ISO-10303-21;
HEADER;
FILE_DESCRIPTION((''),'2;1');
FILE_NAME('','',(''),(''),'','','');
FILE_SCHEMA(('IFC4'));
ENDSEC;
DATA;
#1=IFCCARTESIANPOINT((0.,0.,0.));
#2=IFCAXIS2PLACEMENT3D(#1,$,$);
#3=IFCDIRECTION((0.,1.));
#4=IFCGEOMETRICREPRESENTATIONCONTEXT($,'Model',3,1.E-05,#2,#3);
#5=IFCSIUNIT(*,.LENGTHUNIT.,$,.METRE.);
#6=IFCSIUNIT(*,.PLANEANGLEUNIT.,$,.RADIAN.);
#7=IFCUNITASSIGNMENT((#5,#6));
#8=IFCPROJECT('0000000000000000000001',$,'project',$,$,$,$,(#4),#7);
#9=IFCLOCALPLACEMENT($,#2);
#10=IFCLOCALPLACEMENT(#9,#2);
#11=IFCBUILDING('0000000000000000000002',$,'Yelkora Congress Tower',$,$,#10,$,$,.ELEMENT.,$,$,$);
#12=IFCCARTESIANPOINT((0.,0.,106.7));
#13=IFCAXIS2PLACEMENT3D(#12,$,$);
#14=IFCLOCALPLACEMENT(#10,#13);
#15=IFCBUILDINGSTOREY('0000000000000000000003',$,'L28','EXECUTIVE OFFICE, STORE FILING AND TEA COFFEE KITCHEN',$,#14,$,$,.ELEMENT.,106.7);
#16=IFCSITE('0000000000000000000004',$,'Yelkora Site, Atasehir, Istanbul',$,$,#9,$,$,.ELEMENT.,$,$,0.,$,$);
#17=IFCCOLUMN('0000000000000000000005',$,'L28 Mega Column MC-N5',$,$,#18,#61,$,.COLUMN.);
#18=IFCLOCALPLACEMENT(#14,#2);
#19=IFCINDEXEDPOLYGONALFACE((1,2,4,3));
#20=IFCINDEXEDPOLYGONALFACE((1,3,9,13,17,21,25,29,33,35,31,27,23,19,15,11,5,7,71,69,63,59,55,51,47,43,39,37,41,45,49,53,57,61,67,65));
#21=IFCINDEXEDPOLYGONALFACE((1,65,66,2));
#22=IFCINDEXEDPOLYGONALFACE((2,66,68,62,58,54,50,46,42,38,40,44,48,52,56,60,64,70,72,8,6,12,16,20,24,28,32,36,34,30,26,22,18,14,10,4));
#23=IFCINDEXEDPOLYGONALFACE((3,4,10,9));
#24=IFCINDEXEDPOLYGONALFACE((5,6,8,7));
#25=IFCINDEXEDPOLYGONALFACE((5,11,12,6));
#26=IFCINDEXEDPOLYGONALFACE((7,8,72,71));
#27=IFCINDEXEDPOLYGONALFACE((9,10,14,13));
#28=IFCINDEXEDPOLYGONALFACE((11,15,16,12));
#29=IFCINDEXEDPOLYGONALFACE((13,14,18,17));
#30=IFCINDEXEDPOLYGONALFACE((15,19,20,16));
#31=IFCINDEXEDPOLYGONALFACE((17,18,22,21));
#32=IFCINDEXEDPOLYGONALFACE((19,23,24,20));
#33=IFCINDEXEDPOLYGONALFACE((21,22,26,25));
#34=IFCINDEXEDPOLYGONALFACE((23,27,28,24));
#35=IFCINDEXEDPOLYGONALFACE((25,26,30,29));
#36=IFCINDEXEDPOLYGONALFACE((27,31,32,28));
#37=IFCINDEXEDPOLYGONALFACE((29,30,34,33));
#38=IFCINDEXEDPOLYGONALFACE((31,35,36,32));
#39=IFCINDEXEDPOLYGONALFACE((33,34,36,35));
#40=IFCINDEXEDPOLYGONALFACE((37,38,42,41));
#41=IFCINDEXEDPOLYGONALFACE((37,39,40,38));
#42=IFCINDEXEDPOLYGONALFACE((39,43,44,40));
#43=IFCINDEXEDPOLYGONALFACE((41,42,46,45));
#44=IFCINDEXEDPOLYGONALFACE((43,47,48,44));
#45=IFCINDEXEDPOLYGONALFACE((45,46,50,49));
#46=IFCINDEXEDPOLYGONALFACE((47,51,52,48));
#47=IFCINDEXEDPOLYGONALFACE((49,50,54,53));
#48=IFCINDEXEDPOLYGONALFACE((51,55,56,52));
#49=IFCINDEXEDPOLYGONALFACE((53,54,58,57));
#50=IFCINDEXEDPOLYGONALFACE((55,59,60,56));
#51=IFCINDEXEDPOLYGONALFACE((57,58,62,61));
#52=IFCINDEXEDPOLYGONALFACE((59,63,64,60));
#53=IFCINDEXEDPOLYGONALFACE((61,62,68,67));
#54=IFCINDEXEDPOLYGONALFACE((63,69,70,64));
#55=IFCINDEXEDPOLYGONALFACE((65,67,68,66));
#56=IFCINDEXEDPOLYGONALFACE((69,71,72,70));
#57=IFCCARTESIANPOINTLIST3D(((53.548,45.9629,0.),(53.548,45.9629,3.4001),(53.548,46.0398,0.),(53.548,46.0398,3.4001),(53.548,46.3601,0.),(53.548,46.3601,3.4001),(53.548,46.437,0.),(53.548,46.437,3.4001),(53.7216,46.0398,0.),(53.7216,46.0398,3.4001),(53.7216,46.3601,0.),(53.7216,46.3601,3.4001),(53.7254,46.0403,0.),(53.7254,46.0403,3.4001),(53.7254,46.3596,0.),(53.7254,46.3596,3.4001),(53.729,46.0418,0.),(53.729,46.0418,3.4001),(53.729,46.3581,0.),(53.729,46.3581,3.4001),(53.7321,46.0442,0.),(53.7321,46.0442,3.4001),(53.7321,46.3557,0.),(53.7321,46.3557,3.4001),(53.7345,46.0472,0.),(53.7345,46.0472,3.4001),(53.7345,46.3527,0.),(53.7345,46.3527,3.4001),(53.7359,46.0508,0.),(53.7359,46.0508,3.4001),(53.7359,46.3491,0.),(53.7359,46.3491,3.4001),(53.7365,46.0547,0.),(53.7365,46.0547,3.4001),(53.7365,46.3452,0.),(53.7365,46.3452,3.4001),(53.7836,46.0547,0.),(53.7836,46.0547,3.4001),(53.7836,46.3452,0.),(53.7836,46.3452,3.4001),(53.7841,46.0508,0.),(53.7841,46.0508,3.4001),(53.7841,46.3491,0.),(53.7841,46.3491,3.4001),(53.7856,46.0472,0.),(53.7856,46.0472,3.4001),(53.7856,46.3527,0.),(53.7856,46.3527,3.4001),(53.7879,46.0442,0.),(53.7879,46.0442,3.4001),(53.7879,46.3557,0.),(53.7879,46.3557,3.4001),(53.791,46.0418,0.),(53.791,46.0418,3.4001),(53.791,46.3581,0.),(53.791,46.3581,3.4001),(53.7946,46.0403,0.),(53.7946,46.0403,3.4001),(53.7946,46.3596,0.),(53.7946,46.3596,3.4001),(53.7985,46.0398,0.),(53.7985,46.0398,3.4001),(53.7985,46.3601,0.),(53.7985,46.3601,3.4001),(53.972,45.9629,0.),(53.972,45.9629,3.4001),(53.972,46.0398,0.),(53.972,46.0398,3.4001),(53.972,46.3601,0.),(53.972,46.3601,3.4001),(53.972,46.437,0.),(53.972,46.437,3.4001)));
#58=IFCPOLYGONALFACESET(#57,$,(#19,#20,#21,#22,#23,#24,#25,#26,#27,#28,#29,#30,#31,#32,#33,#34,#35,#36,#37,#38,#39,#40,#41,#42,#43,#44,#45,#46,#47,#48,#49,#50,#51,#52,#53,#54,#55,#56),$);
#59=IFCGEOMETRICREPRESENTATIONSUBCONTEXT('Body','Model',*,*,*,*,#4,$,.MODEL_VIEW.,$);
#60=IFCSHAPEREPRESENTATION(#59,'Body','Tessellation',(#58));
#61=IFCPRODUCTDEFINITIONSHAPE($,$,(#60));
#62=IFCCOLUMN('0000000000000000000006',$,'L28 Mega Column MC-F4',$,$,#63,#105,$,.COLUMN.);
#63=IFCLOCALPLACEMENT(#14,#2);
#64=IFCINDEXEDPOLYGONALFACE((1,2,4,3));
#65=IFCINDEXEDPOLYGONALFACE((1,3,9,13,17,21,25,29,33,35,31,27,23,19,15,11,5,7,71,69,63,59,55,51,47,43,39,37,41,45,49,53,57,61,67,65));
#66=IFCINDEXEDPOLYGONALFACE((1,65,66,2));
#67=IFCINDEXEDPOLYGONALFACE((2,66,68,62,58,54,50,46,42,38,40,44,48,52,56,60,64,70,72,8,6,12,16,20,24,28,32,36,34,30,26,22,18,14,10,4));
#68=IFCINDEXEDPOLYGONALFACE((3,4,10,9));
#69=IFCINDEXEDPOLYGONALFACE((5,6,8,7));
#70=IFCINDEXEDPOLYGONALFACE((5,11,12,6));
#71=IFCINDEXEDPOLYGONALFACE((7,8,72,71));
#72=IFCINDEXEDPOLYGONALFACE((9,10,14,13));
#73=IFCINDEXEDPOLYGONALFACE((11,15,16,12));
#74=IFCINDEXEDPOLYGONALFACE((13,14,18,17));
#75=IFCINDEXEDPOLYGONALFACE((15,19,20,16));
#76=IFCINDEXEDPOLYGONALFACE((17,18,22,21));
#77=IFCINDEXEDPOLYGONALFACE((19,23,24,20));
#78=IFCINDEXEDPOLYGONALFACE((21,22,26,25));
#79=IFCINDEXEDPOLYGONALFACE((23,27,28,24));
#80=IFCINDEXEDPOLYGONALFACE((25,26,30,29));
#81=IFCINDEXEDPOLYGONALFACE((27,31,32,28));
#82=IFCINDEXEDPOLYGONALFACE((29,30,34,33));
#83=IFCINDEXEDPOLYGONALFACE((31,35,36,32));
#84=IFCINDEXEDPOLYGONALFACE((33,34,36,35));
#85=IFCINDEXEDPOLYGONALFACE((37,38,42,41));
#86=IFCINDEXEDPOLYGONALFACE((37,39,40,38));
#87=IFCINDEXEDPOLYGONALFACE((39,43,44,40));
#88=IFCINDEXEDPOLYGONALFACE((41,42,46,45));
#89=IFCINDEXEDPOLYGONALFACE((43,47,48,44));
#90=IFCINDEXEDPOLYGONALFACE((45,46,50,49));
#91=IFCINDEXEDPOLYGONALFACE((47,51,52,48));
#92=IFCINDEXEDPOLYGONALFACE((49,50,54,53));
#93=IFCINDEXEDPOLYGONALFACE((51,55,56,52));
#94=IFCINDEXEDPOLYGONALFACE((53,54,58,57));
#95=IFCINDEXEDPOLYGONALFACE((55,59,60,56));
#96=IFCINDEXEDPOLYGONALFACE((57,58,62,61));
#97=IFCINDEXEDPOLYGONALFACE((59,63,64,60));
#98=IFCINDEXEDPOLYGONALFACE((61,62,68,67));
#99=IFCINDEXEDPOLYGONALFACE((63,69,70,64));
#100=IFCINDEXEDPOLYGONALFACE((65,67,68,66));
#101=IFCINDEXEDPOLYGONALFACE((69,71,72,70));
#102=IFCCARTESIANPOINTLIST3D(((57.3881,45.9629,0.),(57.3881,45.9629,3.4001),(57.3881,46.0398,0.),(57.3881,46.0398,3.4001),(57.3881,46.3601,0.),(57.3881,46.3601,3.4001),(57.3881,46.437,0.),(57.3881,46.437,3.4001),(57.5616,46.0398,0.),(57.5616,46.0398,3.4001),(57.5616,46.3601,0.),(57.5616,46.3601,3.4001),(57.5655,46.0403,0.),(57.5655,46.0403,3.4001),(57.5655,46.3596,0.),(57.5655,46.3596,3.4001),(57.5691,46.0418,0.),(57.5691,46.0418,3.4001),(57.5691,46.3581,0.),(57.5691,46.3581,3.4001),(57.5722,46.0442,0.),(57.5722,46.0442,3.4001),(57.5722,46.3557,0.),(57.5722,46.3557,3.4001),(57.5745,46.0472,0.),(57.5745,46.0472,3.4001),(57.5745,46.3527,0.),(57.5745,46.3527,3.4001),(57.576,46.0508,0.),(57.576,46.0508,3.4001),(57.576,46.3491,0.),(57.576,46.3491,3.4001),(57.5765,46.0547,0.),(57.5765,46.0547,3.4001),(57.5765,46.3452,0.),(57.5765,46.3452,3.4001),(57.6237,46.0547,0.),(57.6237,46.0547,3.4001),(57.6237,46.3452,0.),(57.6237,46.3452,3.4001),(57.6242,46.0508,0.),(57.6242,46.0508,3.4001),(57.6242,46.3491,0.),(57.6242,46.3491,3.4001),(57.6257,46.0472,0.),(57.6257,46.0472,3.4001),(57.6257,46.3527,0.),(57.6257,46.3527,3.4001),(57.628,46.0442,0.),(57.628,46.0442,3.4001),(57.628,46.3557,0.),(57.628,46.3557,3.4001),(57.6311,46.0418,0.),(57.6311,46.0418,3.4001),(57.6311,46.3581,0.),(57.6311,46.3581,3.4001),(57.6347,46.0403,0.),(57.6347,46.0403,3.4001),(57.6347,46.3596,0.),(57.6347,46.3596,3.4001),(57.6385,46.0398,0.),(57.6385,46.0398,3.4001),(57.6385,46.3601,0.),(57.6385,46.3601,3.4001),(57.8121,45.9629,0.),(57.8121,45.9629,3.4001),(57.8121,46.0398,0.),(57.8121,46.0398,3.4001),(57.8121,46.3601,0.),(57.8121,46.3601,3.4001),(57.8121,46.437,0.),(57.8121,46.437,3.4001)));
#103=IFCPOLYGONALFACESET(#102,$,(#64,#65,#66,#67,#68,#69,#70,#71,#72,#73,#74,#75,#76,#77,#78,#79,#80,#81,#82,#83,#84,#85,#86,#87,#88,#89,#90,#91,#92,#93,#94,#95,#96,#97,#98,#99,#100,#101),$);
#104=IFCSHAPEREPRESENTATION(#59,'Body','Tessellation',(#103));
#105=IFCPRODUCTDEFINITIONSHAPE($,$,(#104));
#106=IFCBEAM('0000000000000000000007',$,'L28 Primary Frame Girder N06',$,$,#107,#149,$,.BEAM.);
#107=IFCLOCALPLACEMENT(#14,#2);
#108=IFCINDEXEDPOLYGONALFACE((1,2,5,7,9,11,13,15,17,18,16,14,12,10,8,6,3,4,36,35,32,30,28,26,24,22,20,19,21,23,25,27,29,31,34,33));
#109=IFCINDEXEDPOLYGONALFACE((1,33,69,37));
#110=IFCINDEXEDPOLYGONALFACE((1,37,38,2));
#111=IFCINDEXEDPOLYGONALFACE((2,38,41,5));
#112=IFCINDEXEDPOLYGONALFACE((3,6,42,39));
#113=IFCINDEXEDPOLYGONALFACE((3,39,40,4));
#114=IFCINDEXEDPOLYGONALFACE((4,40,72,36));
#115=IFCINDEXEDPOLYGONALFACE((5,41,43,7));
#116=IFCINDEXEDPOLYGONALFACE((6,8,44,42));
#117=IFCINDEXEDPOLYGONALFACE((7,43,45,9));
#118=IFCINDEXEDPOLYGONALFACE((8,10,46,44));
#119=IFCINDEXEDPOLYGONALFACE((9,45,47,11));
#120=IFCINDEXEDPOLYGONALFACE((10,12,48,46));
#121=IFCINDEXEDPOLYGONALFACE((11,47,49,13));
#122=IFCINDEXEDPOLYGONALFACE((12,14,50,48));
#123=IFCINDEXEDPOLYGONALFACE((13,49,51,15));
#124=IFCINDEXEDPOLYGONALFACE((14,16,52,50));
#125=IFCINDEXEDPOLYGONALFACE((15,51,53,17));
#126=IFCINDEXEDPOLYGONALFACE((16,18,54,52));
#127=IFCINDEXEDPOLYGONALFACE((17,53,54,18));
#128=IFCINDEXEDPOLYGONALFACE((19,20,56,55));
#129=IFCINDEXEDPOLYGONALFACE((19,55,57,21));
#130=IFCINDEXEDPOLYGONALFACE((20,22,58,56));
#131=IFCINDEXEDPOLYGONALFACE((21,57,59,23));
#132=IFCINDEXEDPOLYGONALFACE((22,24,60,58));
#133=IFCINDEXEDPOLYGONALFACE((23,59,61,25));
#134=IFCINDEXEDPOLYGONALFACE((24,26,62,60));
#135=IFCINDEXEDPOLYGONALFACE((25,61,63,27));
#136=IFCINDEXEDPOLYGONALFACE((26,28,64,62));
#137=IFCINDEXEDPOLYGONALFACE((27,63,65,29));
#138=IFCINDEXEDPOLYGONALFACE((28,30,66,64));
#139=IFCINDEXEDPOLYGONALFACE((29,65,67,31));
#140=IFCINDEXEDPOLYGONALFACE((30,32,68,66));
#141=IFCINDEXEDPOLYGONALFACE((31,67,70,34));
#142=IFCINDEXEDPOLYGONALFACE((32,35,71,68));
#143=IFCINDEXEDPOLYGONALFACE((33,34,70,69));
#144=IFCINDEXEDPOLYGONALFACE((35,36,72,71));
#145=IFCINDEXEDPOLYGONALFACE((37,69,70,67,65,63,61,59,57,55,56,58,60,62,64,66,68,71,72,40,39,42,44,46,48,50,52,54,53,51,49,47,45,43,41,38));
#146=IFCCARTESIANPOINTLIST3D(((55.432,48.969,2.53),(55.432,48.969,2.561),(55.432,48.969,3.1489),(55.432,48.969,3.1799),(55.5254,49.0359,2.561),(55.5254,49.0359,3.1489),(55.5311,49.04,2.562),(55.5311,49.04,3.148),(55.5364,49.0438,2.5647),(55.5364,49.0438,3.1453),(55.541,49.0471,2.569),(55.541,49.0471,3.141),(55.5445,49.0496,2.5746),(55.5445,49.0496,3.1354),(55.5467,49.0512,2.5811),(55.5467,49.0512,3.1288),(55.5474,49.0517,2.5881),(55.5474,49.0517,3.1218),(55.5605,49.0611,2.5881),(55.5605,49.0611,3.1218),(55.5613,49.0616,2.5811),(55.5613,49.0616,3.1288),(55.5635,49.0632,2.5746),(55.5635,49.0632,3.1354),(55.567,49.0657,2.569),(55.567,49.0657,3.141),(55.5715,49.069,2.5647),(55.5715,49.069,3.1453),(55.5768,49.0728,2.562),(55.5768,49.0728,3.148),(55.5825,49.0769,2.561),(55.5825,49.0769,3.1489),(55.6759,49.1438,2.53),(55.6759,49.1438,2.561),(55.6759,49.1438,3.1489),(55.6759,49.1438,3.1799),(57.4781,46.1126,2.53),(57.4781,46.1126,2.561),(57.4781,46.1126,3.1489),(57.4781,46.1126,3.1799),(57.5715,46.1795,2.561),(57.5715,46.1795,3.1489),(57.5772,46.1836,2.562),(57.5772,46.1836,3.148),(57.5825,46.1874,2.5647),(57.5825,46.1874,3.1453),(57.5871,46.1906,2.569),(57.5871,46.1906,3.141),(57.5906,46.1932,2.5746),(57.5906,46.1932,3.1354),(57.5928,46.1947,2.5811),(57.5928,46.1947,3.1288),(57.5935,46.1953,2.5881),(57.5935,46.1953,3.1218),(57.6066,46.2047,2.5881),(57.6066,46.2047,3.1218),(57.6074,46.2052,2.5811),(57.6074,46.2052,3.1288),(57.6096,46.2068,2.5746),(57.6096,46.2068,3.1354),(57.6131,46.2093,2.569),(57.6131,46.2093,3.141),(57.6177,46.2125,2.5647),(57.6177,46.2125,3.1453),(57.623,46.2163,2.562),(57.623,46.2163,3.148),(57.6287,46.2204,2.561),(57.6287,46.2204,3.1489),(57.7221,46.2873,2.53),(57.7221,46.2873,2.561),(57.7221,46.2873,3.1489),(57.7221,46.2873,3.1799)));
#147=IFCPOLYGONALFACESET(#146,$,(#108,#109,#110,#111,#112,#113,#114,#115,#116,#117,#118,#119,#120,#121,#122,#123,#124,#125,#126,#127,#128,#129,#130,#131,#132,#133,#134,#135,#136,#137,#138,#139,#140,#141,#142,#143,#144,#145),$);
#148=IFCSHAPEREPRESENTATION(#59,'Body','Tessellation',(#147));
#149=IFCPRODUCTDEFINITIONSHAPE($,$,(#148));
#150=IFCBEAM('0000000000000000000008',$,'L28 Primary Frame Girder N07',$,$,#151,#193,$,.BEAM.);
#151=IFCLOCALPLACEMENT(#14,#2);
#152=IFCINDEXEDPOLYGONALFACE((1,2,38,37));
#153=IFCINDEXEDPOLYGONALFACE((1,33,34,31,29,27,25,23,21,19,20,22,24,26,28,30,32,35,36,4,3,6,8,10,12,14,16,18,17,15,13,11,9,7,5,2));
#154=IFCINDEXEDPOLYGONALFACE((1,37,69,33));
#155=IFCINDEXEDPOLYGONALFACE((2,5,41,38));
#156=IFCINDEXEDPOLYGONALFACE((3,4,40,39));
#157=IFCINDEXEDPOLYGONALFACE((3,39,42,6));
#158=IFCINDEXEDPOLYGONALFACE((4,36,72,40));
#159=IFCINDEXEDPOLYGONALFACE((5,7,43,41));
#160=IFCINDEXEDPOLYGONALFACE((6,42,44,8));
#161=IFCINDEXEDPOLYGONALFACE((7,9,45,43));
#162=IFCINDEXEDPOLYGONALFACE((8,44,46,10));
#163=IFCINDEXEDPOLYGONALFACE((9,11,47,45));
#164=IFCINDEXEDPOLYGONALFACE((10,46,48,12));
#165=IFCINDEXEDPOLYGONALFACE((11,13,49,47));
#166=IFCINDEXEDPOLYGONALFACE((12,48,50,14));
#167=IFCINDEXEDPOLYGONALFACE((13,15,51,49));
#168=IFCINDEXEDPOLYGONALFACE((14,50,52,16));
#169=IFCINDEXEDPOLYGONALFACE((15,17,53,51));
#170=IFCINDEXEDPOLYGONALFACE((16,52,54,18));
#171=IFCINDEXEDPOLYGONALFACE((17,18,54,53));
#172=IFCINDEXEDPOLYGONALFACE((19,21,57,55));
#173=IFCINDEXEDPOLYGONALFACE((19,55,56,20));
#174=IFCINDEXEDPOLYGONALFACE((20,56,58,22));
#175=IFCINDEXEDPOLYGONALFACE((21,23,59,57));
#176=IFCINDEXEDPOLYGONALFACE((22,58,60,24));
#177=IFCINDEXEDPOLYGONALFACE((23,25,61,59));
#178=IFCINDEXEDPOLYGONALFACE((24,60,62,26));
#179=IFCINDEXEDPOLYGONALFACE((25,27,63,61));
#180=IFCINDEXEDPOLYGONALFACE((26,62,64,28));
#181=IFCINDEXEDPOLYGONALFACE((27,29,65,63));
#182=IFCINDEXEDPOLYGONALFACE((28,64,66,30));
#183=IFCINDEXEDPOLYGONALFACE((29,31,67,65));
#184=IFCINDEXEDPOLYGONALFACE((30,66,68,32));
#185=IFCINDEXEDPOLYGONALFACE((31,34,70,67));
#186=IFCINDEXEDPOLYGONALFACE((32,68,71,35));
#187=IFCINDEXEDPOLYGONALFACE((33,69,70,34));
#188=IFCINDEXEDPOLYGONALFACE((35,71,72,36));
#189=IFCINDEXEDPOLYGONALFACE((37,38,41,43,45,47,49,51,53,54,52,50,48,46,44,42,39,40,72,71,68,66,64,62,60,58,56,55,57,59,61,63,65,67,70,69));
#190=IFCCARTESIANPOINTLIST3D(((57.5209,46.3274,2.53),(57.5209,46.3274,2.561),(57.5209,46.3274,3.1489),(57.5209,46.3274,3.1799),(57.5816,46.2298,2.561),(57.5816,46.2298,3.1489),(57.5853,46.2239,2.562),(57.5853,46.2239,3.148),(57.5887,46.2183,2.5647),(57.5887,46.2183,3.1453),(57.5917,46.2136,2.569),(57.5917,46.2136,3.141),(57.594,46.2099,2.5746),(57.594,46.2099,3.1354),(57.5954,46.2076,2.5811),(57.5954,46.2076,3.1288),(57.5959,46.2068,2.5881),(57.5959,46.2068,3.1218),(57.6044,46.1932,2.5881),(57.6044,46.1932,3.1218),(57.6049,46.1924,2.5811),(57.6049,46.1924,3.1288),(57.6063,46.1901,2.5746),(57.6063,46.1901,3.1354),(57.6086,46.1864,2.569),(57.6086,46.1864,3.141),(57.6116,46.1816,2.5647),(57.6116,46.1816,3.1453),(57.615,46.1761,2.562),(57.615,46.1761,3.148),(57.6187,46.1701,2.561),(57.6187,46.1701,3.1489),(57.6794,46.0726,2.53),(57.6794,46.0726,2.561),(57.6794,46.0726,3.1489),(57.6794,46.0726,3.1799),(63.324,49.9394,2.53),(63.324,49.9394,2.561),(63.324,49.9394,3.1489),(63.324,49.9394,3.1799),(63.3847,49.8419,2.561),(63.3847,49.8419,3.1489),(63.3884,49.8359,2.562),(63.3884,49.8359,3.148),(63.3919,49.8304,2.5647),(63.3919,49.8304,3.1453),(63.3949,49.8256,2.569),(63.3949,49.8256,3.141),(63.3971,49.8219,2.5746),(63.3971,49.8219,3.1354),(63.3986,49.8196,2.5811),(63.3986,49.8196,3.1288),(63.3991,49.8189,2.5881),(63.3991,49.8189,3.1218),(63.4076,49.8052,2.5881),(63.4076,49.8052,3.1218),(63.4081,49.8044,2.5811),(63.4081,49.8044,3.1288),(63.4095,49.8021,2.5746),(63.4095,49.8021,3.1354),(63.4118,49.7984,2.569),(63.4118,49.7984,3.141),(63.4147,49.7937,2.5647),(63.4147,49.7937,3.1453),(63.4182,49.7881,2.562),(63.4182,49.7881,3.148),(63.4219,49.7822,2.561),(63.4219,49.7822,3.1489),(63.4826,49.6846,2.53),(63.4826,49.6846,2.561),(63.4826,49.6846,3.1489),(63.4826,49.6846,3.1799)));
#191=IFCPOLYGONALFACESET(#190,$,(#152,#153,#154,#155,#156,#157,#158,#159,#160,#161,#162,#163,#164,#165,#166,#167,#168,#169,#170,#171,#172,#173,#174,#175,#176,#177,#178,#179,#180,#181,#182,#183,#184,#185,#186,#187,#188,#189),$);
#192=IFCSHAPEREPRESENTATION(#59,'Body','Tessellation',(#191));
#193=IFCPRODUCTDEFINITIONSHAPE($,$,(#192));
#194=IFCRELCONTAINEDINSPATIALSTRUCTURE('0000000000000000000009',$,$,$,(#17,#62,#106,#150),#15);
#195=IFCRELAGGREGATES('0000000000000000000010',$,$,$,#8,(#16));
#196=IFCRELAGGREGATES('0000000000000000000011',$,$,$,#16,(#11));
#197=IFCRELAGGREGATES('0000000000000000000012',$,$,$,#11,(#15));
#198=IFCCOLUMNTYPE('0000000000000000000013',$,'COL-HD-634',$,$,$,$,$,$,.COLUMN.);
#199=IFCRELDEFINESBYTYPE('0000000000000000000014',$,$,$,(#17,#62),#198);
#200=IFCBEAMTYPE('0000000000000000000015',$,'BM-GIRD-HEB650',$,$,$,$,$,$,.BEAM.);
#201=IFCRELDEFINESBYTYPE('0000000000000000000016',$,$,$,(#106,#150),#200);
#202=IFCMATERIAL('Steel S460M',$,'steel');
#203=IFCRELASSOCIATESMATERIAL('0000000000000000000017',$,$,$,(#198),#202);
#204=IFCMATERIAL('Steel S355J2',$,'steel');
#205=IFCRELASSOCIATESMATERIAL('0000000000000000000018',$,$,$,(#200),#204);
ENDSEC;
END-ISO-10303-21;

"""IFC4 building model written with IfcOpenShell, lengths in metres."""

from ifc_helpers import new_model, si_unit, direction, frame, origin, origin_2d, place, context, subcontext, project, spatial, i_section, extrude, material, material_profile, profile_set, type_object, element, save


model = new_model("IFC4")

# Units and contexts
model_context = context("Model", 3, precision=1e-05, world=origin(), true_north=direction((0.0, 1.0)))
body_context = subcontext(model_context, "Body", "Model", "MODEL_VIEW")
ifc_project = project(units=[si_unit("LENGTHUNIT", "METRE"), si_unit("PLANEANGLEUNIT", "RADIAN")], contexts=[model_context])

# Site, building, storey
site_placement = place(None, origin())
site = spatial("IfcSite", under=ifc_project, at=site_placement, Name="Yelkora Site, Atasehir, Istanbul", CompositionType="ELEMENT", RefElevation=0.0)
building_placement = place(site_placement, origin())
building = spatial("IfcBuilding", under=site, at=building_placement, Name="Yelkora Congress Tower", CompositionType="ELEMENT")
storey_placement = place(building_placement, frame((0.0, 0.0, 106.7)))
storey = spatial("IfcBuildingStorey", under=building, at=storey_placement, Name="L28", Description="EXECUTIVE OFFICE, STORE FILING AND TEA COFFEE KITCHEN", CompositionType="ELEMENT", Elevation=106.7)

# Columns
ifc_material_1 = material(Name="Steel S460M", Category="steel")
ifc_material_profile_1 = material_profile(ifc_material_1, i_section(OverallWidth=0.4241, OverallDepth=0.4741, WebThickness=0.0471, FlangeThickness=0.0769, FilletRadius=0.0149, at=origin_2d()), Name="HD 400x634")
ifc_profile_set_1 = profile_set([ifc_material_profile_1], Name="Steel S460M")
column_type_1 = type_object("IfcColumnType", Name="COL-HD-634", PredefinedType="COLUMN", material=ifc_profile_set_1)
for number, where, z_axis, x_axis, name in (
    (1, (53.76, 46.2, 0.0), (0.0, 0.0, 1.0), (1.0, 0.0, 0.0), "L28 Mega Column MC-N5"),
    (2, (57.6001, 46.2, 0.0), (0.0, 0.0, 1.0), (1.0, 0.0, 0.0), "L28 Mega Column MC-F4"),
):
    element("IfcColumn", number, at=place(storey_placement, frame(where, z_axis=z_axis, x_axis=x_axis)), inside=storey, type_object=column_type_1, Name=name, PredefinedType="COLUMN", context=body_context, shape_type="SweptSolid", body=[
        extrude(i_section(OverallWidth=0.4241, OverallDepth=0.4741, WebThickness=0.0471, FlangeThickness=0.0769, FilletRadius=0.0149, at=origin_2d()), origin(), (0.0, 0.0, 1.0), 3.4001),
    ])

# Beams
ifc_material_2 = material(Name="Steel S355J2", Category="steel")
ifc_material_profile_2 = material_profile(ifc_material_2, i_section(OverallWidth=0.3, OverallDepth=0.6499, WebThickness=0.0161, FlangeThickness=0.031, FilletRadius=0.0271, at=origin_2d()), Name="HEB 650")
ifc_profile_set_2 = profile_set([ifc_material_profile_2], Name="Steel S355J2")
beam_type_1 = type_object("IfcBeamType", Name="BM-GIRD-HEB650", PredefinedType="BEAM", material=ifc_profile_set_2)
beam_1_placement = place(storey_placement, frame((55.554, 49.0564, 2.855), z_axis=(0.582335, -0.812949, 0.0), x_axis=(0.812949, 0.582335, 0.0)))
element("IfcBeam", 3, at=beam_1_placement, inside=storey, type_object=beam_type_1, Name="L28 Primary Frame Girder N06", PredefinedType="BEAM", context=body_context, shape_type="SweptSolid", body=[
    extrude(i_section(OverallWidth=0.3, OverallDepth=0.6499, WebThickness=0.0161, FlangeThickness=0.031, FilletRadius=0.0271, at=origin_2d()), origin(), (0.0, 0.0, 1.0), 3.5137),
])
beam_2_placement = place(storey_placement, frame((63.4033, 49.812, 2.855), z_axis=(-0.84898, -0.528425, 0.0), x_axis=(0.528425, -0.84898, 0.0)))
element("IfcBeam", 4, at=beam_2_placement, inside=storey, type_object=beam_type_1, Name="L28 Primary Frame Girder N07", PredefinedType="BEAM", context=body_context, shape_type="SweptSolid", body=[
    extrude(i_section(OverallWidth=0.3, OverallDepth=0.6499, WebThickness=0.0161, FlangeThickness=0.031, FilletRadius=0.0271, at=origin_2d()), origin(), (0.0, 0.0, 1.0), 6.8354),
])

save(model, "model.ifc")
